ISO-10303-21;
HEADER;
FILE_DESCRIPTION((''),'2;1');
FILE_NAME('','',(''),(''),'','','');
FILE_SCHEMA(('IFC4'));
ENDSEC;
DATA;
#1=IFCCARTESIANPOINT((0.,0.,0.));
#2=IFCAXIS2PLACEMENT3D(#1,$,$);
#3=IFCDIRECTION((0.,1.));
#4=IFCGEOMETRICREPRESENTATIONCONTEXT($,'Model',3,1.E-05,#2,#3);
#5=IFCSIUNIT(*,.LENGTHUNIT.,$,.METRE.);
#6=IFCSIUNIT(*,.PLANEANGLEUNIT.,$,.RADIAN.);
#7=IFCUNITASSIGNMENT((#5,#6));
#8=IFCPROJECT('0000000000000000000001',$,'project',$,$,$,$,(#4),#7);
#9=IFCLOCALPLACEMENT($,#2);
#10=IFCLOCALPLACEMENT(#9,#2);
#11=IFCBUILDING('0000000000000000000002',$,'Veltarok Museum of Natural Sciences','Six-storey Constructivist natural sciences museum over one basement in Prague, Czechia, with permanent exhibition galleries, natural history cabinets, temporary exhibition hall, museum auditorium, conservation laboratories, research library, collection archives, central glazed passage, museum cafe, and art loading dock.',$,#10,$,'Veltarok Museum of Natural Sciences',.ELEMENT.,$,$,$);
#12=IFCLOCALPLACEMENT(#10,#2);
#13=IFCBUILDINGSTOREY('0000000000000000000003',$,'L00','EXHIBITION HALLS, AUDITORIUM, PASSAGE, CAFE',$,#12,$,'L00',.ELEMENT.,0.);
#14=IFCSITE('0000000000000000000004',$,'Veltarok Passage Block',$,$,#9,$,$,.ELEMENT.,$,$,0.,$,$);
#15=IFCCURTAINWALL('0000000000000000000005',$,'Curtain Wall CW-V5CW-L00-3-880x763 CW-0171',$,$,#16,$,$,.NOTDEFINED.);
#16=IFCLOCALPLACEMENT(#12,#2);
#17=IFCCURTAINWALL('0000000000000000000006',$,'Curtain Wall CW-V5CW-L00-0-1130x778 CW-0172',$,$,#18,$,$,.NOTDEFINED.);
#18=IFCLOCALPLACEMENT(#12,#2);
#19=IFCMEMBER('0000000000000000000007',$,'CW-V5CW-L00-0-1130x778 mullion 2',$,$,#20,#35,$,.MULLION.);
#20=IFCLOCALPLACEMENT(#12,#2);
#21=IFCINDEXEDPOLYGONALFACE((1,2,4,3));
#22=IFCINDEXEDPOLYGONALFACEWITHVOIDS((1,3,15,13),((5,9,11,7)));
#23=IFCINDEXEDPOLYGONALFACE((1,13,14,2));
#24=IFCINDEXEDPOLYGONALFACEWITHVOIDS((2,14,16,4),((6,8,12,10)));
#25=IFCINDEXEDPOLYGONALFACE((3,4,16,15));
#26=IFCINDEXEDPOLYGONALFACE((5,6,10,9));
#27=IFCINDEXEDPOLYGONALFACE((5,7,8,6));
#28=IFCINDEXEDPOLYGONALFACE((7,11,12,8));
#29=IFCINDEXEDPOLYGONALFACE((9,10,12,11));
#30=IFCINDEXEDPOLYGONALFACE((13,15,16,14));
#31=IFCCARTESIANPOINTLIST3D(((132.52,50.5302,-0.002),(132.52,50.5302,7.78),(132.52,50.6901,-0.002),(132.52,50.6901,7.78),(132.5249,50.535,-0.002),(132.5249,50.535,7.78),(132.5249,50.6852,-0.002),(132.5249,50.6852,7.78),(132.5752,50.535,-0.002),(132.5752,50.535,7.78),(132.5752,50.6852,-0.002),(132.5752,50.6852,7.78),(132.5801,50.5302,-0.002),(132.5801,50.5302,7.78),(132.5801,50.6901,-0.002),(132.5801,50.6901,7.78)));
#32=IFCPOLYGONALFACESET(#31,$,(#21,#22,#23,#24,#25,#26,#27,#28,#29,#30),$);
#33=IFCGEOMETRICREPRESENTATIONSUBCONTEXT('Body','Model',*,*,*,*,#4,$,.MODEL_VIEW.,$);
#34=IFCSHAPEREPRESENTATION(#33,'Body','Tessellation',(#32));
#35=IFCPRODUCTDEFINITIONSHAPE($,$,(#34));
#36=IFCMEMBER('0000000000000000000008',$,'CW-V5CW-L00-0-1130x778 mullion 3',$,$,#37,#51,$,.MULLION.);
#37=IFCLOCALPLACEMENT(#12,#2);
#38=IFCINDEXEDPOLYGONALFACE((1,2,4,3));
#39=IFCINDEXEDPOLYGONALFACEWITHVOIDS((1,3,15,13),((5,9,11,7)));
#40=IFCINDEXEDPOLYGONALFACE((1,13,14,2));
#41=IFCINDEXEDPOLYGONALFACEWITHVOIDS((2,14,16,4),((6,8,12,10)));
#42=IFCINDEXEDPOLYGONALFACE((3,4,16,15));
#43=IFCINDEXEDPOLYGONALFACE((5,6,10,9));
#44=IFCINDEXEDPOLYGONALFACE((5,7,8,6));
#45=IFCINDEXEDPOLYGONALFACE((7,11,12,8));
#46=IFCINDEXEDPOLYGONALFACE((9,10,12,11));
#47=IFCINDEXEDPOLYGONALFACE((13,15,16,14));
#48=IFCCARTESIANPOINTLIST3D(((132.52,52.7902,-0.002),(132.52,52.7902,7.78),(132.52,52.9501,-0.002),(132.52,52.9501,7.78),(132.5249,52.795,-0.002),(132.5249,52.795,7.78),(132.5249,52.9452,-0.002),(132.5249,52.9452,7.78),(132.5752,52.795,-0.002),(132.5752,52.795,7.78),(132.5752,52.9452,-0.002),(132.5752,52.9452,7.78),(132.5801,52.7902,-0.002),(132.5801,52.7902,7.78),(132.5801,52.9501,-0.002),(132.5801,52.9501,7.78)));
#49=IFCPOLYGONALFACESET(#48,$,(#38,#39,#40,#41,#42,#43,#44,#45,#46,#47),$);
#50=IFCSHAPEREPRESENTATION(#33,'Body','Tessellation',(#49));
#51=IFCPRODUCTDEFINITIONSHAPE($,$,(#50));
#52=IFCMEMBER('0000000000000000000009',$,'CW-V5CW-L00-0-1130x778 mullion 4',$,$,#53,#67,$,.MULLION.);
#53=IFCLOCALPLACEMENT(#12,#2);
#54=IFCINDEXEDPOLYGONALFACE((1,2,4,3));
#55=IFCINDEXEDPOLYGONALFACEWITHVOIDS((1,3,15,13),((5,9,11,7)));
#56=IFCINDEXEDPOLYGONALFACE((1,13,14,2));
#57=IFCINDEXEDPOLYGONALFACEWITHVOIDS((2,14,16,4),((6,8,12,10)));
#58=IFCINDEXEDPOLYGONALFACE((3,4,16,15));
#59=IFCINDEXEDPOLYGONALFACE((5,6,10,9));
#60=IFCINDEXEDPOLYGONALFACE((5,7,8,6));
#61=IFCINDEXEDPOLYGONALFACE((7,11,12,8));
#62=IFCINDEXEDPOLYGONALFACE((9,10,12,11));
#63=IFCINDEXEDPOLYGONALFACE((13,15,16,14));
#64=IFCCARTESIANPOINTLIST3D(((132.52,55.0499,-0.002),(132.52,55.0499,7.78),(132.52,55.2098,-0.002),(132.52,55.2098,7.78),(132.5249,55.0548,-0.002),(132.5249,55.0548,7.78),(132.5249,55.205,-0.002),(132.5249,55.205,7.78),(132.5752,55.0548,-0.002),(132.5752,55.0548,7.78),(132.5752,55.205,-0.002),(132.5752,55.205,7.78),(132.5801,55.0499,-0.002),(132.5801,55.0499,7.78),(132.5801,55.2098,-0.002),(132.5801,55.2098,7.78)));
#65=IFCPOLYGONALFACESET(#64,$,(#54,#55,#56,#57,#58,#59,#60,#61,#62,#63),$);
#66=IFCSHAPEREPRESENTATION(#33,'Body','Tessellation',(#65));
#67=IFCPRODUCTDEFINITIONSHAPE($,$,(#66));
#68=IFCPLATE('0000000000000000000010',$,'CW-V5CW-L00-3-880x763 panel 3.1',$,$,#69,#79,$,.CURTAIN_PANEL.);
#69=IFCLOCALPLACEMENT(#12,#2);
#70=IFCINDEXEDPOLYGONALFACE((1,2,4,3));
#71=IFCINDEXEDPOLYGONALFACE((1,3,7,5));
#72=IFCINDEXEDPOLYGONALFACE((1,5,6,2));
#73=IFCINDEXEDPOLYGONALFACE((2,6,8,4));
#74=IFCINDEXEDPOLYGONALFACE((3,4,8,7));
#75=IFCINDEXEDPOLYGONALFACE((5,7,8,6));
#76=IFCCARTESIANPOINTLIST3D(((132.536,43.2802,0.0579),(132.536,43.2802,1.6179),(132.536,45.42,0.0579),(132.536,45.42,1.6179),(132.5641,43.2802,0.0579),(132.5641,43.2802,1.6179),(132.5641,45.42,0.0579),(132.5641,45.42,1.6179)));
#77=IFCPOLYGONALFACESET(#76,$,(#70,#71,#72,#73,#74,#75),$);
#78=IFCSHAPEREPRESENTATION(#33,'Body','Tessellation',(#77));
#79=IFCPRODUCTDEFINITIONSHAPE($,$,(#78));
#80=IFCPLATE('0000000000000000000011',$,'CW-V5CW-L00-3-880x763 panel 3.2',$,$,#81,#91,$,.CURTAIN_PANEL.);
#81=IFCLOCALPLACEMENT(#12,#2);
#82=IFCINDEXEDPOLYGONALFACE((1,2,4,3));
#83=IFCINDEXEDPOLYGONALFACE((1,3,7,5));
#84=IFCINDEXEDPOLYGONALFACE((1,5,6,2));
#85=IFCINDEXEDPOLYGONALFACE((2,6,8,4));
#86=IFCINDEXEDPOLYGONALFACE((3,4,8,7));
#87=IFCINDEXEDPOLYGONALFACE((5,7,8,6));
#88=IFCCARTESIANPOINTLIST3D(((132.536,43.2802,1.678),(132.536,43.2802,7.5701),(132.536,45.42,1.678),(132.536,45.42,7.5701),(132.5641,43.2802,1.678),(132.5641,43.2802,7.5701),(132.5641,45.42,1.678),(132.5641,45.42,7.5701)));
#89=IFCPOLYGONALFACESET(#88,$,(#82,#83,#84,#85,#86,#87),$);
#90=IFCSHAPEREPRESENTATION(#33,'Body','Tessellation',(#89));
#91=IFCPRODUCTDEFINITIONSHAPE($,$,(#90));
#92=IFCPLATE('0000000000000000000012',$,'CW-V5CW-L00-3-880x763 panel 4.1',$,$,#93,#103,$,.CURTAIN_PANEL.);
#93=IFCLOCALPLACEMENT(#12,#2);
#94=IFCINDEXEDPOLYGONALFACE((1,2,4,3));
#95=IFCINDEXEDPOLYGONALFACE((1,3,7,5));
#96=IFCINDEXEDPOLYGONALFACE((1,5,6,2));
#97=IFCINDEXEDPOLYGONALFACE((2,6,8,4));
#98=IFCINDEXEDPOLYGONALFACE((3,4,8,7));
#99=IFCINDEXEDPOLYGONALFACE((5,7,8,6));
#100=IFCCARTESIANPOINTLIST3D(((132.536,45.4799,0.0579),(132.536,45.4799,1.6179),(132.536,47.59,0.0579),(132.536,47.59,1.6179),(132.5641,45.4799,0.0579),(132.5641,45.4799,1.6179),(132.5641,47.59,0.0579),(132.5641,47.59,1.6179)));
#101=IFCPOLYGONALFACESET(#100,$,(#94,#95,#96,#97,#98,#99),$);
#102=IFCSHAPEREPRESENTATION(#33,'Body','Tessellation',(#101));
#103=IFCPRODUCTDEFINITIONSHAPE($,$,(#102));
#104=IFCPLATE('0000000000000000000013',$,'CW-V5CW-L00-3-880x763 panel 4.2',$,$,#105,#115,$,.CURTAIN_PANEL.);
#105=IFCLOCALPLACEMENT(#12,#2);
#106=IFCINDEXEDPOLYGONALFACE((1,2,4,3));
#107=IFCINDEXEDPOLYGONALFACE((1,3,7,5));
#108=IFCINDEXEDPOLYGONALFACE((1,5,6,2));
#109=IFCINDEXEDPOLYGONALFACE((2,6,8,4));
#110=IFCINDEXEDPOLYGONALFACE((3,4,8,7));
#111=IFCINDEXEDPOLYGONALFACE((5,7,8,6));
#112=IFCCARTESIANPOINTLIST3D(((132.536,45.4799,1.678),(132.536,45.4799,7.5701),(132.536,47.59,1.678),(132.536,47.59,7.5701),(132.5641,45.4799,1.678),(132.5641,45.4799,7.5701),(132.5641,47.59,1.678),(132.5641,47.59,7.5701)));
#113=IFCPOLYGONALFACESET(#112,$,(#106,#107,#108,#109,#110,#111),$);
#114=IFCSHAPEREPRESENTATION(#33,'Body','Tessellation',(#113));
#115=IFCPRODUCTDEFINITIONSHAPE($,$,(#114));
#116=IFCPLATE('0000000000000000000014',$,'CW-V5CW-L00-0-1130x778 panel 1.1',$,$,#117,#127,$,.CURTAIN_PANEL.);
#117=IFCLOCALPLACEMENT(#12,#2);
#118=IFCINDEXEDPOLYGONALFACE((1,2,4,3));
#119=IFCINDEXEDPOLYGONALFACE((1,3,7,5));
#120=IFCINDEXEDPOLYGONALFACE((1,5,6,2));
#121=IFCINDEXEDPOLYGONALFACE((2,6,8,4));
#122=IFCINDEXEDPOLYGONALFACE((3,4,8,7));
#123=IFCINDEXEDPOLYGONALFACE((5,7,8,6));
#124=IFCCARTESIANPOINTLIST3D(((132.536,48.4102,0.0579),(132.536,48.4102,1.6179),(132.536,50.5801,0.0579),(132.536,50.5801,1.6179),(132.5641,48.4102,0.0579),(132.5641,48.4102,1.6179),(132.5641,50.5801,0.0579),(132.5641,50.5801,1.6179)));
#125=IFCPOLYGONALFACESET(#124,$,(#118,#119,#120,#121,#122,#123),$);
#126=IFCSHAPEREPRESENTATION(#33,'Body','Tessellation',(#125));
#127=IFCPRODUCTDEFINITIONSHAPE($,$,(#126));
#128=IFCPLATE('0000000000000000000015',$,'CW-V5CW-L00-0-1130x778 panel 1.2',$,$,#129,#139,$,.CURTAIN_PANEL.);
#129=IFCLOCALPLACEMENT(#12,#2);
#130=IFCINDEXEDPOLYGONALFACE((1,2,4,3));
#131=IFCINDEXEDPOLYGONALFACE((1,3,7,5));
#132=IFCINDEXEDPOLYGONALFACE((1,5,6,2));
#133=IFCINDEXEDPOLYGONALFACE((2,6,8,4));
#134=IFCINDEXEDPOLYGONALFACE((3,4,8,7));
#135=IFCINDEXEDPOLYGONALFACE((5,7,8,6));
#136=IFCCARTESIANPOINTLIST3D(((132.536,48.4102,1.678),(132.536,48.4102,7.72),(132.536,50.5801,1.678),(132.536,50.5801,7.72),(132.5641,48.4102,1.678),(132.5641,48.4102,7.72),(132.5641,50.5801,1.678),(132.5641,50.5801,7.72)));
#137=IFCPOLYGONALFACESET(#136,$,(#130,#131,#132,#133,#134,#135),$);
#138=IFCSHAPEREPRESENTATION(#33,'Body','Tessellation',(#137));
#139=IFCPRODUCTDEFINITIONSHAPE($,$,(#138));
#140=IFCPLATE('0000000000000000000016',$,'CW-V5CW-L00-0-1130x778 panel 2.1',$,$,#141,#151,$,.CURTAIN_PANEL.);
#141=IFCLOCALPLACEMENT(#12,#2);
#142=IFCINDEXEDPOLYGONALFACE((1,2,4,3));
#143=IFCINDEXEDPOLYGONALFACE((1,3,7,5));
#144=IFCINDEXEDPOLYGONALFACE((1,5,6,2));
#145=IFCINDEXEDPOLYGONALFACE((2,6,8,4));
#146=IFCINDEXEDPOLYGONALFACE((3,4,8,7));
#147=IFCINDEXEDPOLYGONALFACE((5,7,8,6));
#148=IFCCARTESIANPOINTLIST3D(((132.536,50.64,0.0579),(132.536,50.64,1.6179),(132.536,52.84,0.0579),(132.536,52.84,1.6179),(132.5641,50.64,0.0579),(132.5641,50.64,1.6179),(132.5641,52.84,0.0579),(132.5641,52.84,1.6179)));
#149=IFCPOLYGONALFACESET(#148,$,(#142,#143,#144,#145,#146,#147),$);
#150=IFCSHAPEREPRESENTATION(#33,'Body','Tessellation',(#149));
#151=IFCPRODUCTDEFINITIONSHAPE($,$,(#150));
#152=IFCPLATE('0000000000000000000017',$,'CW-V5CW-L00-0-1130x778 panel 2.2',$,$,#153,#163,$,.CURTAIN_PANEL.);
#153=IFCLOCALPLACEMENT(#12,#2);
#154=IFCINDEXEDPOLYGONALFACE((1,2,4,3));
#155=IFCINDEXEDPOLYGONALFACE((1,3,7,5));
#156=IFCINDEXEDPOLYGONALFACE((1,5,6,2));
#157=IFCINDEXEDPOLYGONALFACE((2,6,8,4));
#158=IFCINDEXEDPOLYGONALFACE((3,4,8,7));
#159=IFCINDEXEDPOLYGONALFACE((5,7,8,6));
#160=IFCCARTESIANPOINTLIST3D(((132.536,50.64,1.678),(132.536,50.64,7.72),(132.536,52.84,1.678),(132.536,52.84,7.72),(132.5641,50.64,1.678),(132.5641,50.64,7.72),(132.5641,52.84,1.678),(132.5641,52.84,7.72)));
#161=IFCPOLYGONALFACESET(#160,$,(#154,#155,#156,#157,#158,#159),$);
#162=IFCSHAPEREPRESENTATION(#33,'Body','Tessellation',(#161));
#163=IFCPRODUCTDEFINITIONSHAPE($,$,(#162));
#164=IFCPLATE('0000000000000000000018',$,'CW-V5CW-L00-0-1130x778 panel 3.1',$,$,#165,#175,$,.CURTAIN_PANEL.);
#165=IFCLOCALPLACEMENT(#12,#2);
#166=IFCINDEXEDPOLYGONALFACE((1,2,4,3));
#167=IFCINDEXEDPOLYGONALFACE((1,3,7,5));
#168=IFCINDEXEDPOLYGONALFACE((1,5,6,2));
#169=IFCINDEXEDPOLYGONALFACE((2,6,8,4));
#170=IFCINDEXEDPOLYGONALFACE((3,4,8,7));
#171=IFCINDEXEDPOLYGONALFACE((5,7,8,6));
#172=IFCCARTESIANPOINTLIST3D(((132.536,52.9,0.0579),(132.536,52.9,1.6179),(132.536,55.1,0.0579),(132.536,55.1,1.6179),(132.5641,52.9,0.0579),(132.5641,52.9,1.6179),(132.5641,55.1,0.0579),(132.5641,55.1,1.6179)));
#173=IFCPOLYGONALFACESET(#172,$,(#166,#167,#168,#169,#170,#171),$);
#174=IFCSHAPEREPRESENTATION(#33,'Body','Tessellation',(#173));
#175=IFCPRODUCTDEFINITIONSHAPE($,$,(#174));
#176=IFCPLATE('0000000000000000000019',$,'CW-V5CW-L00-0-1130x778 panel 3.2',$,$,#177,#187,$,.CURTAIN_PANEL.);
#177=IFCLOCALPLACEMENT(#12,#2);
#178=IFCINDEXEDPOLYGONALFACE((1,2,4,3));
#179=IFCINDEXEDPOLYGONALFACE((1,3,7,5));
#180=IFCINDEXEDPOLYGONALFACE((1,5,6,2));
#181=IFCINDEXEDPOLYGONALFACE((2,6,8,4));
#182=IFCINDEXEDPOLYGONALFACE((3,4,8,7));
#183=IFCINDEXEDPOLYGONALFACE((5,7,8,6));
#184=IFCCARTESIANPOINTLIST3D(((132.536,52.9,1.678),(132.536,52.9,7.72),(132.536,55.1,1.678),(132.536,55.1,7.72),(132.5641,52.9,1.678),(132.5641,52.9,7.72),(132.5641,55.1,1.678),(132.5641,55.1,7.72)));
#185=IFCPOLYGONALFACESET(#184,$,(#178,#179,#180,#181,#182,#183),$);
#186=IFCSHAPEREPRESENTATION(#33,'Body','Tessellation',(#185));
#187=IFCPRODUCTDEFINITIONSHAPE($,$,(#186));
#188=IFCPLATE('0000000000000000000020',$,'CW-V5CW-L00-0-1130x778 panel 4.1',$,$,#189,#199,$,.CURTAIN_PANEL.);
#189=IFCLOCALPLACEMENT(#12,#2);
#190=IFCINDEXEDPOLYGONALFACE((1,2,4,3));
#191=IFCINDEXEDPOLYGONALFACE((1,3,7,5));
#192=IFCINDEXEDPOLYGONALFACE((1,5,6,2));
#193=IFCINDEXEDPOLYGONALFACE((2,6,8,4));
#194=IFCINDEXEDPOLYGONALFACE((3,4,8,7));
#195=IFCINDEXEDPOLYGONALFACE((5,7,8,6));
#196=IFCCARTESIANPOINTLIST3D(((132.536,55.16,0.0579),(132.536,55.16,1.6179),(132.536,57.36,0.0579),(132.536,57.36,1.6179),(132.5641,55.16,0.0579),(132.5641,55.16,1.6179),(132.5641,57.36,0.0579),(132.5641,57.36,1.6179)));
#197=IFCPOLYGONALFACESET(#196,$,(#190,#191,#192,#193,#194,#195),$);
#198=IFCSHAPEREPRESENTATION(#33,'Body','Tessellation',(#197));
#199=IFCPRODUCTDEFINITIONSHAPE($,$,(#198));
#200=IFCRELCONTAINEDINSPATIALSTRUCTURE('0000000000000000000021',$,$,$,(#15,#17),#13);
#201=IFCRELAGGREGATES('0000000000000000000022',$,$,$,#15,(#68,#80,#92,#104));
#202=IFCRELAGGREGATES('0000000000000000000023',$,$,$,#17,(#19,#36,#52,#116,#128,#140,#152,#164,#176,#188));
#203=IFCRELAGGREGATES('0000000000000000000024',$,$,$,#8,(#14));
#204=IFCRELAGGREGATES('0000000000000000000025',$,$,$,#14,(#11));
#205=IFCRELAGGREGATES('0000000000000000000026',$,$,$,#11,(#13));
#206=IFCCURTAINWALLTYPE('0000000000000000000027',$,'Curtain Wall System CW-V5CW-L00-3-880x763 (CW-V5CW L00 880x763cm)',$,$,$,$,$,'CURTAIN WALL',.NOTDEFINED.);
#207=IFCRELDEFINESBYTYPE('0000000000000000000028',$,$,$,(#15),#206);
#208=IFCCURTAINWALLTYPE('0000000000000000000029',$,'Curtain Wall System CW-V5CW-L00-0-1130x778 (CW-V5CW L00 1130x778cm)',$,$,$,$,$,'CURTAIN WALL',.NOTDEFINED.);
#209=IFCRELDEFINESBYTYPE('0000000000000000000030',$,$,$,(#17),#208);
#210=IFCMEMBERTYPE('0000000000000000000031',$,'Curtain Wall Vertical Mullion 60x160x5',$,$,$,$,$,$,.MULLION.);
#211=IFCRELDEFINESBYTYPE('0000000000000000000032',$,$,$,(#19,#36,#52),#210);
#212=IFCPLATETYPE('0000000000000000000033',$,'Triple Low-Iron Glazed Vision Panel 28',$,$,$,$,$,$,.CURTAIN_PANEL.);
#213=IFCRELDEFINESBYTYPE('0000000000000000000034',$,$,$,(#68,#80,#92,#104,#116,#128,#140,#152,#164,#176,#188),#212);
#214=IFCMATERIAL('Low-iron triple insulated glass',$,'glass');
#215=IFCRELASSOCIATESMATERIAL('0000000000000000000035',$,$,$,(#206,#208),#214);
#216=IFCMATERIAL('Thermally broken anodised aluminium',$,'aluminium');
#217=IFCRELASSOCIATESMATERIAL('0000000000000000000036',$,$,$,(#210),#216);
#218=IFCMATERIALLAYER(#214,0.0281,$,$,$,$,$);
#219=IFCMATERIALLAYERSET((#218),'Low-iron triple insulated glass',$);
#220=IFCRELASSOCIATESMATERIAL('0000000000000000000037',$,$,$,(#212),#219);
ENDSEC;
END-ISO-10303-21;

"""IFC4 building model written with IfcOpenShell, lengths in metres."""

from ifc_helpers import new_model, si_unit, direction, frame, origin, origin_2d, place, context, subcontext, project, spatial, rectangle, hollow_rectangle, extrude, material, layer, layer_set, material_profile, profile_set, type_object, element, aggregate, save


model = new_model("IFC4")

# Units and contexts
model_context = context("Model", 3, precision=1e-05, world=origin(), true_north=direction((0.0, 1.0)))
body_context = subcontext(model_context, "Body", "Model", "MODEL_VIEW")
ifc_project = project(units=[si_unit("LENGTHUNIT", "METRE"), si_unit("PLANEANGLEUNIT", "RADIAN")], contexts=[model_context])

# Site, building, storey
site_placement = place(None, origin())
site = spatial("IfcSite", under=ifc_project, at=site_placement, Name="Veltarok Passage Block", CompositionType="ELEMENT", RefElevation=0.0)
building_placement = place(site_placement, origin())
building = spatial("IfcBuilding", under=site, at=building_placement, Name="Veltarok Museum of Natural Sciences", Description="Six-storey Constructivist natural sciences museum over one basement in Prague, Czechia, with permanent exhibition galleries, natural history cabinets, temporary exhibition hall, museum auditorium, conservation laboratories, research library, collection archives, central glazed passage, museum cafe, and art loading dock.", LongName="Veltarok Museum of Natural Sciences", CompositionType="ELEMENT")
storey_placement = place(building_placement, origin())
storey = spatial("IfcBuildingStorey", under=building, at=storey_placement, Name="L00", Description="EXHIBITION HALLS, AUDITORIUM, PASSAGE, CAFE", LongName="L00", CompositionType="ELEMENT", Elevation=0.0)

# Curtain walls
ifc_material_1 = material(Name="Low-iron triple insulated glass", Category="glass")
curtain_wall_type_1 = type_object("IfcCurtainWallType", Name="Curtain Wall System CW-V5CW-L00-3-880x763 (CW-V5CW L00 880x763cm)", ElementType="CURTAIN WALL", PredefinedType="NOTDEFINED", material=ifc_material_1)
curtain_wall_1_placement = place(storey_placement, origin())
curtain_wall_1 = element("IfcCurtainWall", 1, at=curtain_wall_1_placement, inside=storey, type_object=curtain_wall_type_1, Name="Curtain Wall CW-V5CW-L00-3-880x763 CW-0171", PredefinedType="NOTDEFINED")
ifc_material_2 = material(Name="Thermally broken anodised aluminium", Category="aluminium")
curtain_wall_type_2 = type_object("IfcCurtainWallType", Name="Curtain Wall System CW-V5CW-L00-0-1130x778 (CW-V5CW L00 1130x778cm)", ElementType="CURTAIN WALL", PredefinedType="NOTDEFINED", material=ifc_material_1)
curtain_wall_2_placement = place(storey_placement, origin())
curtain_wall_2 = element("IfcCurtainWall", 2, at=curtain_wall_2_placement, inside=storey, type_object=curtain_wall_type_2, Name="Curtain Wall CW-V5CW-L00-0-1130x778 CW-0172", PredefinedType="NOTDEFINED")

# Members
ifc_material_profile_1 = material_profile(ifc_material_2, hollow_rectangle(XDim=0.0601, YDim=0.1599, WallThickness=0.0049, at=origin_2d()), Name="CW MULLION 60x160x5")
ifc_profile_set_1 = profile_set([ifc_material_profile_1], Name="Thermally broken anodised aluminium")
member_type_1 = type_object("IfcMemberType", Name="Curtain Wall Vertical Mullion 60x160x5", PredefinedType="MULLION", material=ifc_profile_set_1)
member_1_placement = place(storey_placement, frame((132.55, 50.6101, -0.002), z_axis=(0.0, 0.0, 1.0), x_axis=(-1.0, 0.0, 0.0)))
member_1 = element("IfcMember", 3, at=member_1_placement, type_object=member_type_1, Name="CW-V5CW-L00-0-1130x778 mullion 2", PredefinedType="MULLION", context=body_context, shape_type="SweptSolid", body=[
    extrude(hollow_rectangle(XDim=0.0601, YDim=0.1599, WallThickness=0.0049, at=origin_2d()), origin(), (0.0, 0.0, 1.0), 7.782),
])
member_2_placement = place(storey_placement, frame((132.55, 52.8701, -0.002), z_axis=(0.0, 0.0, 1.0), x_axis=(-1.0, 0.0, 0.0)))
member_2 = element("IfcMember", 4, at=member_2_placement, type_object=member_type_1, Name="CW-V5CW-L00-0-1130x778 mullion 3", PredefinedType="MULLION", context=body_context, shape_type="SweptSolid", body=[
    extrude(hollow_rectangle(XDim=0.0601, YDim=0.1599, WallThickness=0.0049, at=origin_2d()), origin(), (0.0, 0.0, 1.0), 7.782),
])
member_3_placement = place(storey_placement, frame((132.55, 55.1299, -0.002), z_axis=(0.0, 0.0, 1.0), x_axis=(-1.0, 0.0, 0.0)))
member_3 = element("IfcMember", 5, at=member_3_placement, type_object=member_type_1, Name="CW-V5CW-L00-0-1130x778 mullion 4", PredefinedType="MULLION", context=body_context, shape_type="SweptSolid", body=[
    extrude(hollow_rectangle(XDim=0.0601, YDim=0.1599, WallThickness=0.0049, at=origin_2d()), origin(), (0.0, 0.0, 1.0), 7.782),
])

# Plates
ifc_layer = layer(ifc_material_1, 0.0281)
ifc_layer_set = layer_set([ifc_layer], Name="Low-iron triple insulated glass")
plate_type = type_object("IfcPlateType", Name="Triple Low-Iron Glazed Vision Panel 28", PredefinedType="CURTAIN_PANEL", material=ifc_layer_set)
plate_1_placement = place(storey_placement, frame((132.55, 44.3501, 0.0579), z_axis=(0.0, 0.0, 1.0), x_axis=(0.0, 1.0, 0.0)))
plate_1 = element("IfcPlate", 6, at=plate_1_placement, type_object=plate_type, Name="CW-V5CW-L00-3-880x763 panel 3.1", PredefinedType="CURTAIN_PANEL", context=body_context, shape_type="SweptSolid", body=[
    extrude(rectangle(XDim=2.1399, YDim=0.0281, at=origin_2d()), origin(), (0.0, 0.0, 1.0), 1.5601),
])
plate_2_placement = place(storey_placement, frame((132.55, 44.3501, 1.678), z_axis=(0.0, 0.0, 1.0), x_axis=(0.0, 1.0, 0.0)))
plate_2 = element("IfcPlate", 7, at=plate_2_placement, type_object=plate_type, Name="CW-V5CW-L00-3-880x763 panel 3.2", PredefinedType="CURTAIN_PANEL", context=body_context, shape_type="SweptSolid", body=[
    extrude(rectangle(XDim=2.1399, YDim=0.0281, at=origin_2d()), origin(), (0.0, 0.0, 1.0), 5.8921),
])
plate_3_placement = place(storey_placement, frame((132.55, 46.5349, 0.0579), z_axis=(0.0, 0.0, 1.0), x_axis=(0.0, 1.0, 0.0)))
plate_3 = element("IfcPlate", 8, at=plate_3_placement, type_object=plate_type, Name="CW-V5CW-L00-3-880x763 panel 4.1", PredefinedType="CURTAIN_PANEL", context=body_context, shape_type="SweptSolid", body=[
    extrude(rectangle(XDim=2.1101, YDim=0.0281, at=origin_2d()), origin(), (0.0, 0.0, 1.0), 1.5601),
])
plate_4_placement = place(storey_placement, frame((132.55, 46.5349, 1.678), z_axis=(0.0, 0.0, 1.0), x_axis=(0.0, 1.0, 0.0)))
plate_4 = element("IfcPlate", 9, at=plate_4_placement, type_object=plate_type, Name="CW-V5CW-L00-3-880x763 panel 4.2", PredefinedType="CURTAIN_PANEL", context=body_context, shape_type="SweptSolid", body=[
    extrude(rectangle(XDim=2.1101, YDim=0.0281, at=origin_2d()), origin(), (0.0, 0.0, 1.0), 5.8921),
])
aggregate(curtain_wall_1, [plate_1, plate_2, plate_3, plate_4])
plate_5_placement = place(storey_placement, frame((132.55, 49.4951, 0.0579), z_axis=(0.0, 0.0, 1.0), x_axis=(0.0, 1.0, 0.0)))
plate_5 = element("IfcPlate", 10, at=plate_5_placement, type_object=plate_type, Name="CW-V5CW-L00-0-1130x778 panel 1.1", PredefinedType="CURTAIN_PANEL", context=body_context, shape_type="SweptSolid", body=[
    extrude(rectangle(XDim=2.1699, YDim=0.0281, at=origin_2d()), origin(), (0.0, 0.0, 1.0), 1.5601),
])
plate_6_placement = place(storey_placement, frame((132.55, 49.4951, 1.678), z_axis=(0.0, 0.0, 1.0), x_axis=(0.0, 1.0, 0.0)))
plate_6 = element("IfcPlate", 11, at=plate_6_placement, type_object=plate_type, Name="CW-V5CW-L00-0-1130x778 panel 1.2", PredefinedType="CURTAIN_PANEL", context=body_context, shape_type="SweptSolid", body=[
    extrude(rectangle(XDim=2.1699, YDim=0.0281, at=origin_2d()), origin(), (0.0, 0.0, 1.0), 6.042),
])
plate_7_placement = place(storey_placement, frame((132.55, 51.74, 0.0579), z_axis=(0.0, 0.0, 1.0), x_axis=(0.0, 1.0, 0.0)))
plate_7 = element("IfcPlate", 12, at=plate_7_placement, type_object=plate_type, Name="CW-V5CW-L00-0-1130x778 panel 2.1", PredefinedType="CURTAIN_PANEL", context=body_context, shape_type="SweptSolid", body=[
    extrude(rectangle(XDim=2.2, YDim=0.0281, at=origin_2d()), origin(), (0.0, 0.0, 1.0), 1.5601),
])
plate_8_placement = place(storey_placement, frame((132.55, 51.74, 1.678), z_axis=(0.0, 0.0, 1.0), x_axis=(0.0, 1.0, 0.0)))
plate_8 = element("IfcPlate", 13, at=plate_8_placement, type_object=plate_type, Name="CW-V5CW-L00-0-1130x778 panel 2.2", PredefinedType="CURTAIN_PANEL", context=body_context, shape_type="SweptSolid", body=[
    extrude(rectangle(XDim=2.2, YDim=0.0281, at=origin_2d()), origin(), (0.0, 0.0, 1.0), 6.042),
])
plate_9_placement = place(storey_placement, frame((132.55, 54.0, 0.0579), z_axis=(0.0, 0.0, 1.0), x_axis=(0.0, 1.0, 0.0)))
plate_9 = element("IfcPlate", 14, at=plate_9_placement, type_object=plate_type, Name="CW-V5CW-L00-0-1130x778 panel 3.1", PredefinedType="CURTAIN_PANEL", context=body_context, shape_type="SweptSolid", body=[
    extrude(rectangle(XDim=2.2, YDim=0.0281, at=origin_2d()), origin(), (0.0, 0.0, 1.0), 1.5601),
])
plate_10_placement = place(storey_placement, frame((132.55, 54.0, 1.678), z_axis=(0.0, 0.0, 1.0), x_axis=(0.0, 1.0, 0.0)))
plate_10 = element("IfcPlate", 15, at=plate_10_placement, type_object=plate_type, Name="CW-V5CW-L00-0-1130x778 panel 3.2", PredefinedType="CURTAIN_PANEL", context=body_context, shape_type="SweptSolid", body=[
    extrude(rectangle(XDim=2.2, YDim=0.0281, at=origin_2d()), origin(), (0.0, 0.0, 1.0), 6.042),
])
plate_11_placement = place(storey_placement, frame((132.55, 56.26, 0.0579), z_axis=(0.0, 0.0, 1.0), x_axis=(0.0, 1.0, 0.0)))
plate_11 = element("IfcPlate", 16, at=plate_11_placement, type_object=plate_type, Name="CW-V5CW-L00-0-1130x778 panel 4.1", PredefinedType="CURTAIN_PANEL", context=body_context, shape_type="SweptSolid", body=[
    extrude(rectangle(XDim=2.2, YDim=0.0281, at=origin_2d()), origin(), (0.0, 0.0, 1.0), 1.5601),
])
aggregate(curtain_wall_2, [member_1, member_2, member_3, plate_5, plate_6, plate_7, plate_8, plate_9, plate_10, plate_11])

save(model, "model.ifc")
